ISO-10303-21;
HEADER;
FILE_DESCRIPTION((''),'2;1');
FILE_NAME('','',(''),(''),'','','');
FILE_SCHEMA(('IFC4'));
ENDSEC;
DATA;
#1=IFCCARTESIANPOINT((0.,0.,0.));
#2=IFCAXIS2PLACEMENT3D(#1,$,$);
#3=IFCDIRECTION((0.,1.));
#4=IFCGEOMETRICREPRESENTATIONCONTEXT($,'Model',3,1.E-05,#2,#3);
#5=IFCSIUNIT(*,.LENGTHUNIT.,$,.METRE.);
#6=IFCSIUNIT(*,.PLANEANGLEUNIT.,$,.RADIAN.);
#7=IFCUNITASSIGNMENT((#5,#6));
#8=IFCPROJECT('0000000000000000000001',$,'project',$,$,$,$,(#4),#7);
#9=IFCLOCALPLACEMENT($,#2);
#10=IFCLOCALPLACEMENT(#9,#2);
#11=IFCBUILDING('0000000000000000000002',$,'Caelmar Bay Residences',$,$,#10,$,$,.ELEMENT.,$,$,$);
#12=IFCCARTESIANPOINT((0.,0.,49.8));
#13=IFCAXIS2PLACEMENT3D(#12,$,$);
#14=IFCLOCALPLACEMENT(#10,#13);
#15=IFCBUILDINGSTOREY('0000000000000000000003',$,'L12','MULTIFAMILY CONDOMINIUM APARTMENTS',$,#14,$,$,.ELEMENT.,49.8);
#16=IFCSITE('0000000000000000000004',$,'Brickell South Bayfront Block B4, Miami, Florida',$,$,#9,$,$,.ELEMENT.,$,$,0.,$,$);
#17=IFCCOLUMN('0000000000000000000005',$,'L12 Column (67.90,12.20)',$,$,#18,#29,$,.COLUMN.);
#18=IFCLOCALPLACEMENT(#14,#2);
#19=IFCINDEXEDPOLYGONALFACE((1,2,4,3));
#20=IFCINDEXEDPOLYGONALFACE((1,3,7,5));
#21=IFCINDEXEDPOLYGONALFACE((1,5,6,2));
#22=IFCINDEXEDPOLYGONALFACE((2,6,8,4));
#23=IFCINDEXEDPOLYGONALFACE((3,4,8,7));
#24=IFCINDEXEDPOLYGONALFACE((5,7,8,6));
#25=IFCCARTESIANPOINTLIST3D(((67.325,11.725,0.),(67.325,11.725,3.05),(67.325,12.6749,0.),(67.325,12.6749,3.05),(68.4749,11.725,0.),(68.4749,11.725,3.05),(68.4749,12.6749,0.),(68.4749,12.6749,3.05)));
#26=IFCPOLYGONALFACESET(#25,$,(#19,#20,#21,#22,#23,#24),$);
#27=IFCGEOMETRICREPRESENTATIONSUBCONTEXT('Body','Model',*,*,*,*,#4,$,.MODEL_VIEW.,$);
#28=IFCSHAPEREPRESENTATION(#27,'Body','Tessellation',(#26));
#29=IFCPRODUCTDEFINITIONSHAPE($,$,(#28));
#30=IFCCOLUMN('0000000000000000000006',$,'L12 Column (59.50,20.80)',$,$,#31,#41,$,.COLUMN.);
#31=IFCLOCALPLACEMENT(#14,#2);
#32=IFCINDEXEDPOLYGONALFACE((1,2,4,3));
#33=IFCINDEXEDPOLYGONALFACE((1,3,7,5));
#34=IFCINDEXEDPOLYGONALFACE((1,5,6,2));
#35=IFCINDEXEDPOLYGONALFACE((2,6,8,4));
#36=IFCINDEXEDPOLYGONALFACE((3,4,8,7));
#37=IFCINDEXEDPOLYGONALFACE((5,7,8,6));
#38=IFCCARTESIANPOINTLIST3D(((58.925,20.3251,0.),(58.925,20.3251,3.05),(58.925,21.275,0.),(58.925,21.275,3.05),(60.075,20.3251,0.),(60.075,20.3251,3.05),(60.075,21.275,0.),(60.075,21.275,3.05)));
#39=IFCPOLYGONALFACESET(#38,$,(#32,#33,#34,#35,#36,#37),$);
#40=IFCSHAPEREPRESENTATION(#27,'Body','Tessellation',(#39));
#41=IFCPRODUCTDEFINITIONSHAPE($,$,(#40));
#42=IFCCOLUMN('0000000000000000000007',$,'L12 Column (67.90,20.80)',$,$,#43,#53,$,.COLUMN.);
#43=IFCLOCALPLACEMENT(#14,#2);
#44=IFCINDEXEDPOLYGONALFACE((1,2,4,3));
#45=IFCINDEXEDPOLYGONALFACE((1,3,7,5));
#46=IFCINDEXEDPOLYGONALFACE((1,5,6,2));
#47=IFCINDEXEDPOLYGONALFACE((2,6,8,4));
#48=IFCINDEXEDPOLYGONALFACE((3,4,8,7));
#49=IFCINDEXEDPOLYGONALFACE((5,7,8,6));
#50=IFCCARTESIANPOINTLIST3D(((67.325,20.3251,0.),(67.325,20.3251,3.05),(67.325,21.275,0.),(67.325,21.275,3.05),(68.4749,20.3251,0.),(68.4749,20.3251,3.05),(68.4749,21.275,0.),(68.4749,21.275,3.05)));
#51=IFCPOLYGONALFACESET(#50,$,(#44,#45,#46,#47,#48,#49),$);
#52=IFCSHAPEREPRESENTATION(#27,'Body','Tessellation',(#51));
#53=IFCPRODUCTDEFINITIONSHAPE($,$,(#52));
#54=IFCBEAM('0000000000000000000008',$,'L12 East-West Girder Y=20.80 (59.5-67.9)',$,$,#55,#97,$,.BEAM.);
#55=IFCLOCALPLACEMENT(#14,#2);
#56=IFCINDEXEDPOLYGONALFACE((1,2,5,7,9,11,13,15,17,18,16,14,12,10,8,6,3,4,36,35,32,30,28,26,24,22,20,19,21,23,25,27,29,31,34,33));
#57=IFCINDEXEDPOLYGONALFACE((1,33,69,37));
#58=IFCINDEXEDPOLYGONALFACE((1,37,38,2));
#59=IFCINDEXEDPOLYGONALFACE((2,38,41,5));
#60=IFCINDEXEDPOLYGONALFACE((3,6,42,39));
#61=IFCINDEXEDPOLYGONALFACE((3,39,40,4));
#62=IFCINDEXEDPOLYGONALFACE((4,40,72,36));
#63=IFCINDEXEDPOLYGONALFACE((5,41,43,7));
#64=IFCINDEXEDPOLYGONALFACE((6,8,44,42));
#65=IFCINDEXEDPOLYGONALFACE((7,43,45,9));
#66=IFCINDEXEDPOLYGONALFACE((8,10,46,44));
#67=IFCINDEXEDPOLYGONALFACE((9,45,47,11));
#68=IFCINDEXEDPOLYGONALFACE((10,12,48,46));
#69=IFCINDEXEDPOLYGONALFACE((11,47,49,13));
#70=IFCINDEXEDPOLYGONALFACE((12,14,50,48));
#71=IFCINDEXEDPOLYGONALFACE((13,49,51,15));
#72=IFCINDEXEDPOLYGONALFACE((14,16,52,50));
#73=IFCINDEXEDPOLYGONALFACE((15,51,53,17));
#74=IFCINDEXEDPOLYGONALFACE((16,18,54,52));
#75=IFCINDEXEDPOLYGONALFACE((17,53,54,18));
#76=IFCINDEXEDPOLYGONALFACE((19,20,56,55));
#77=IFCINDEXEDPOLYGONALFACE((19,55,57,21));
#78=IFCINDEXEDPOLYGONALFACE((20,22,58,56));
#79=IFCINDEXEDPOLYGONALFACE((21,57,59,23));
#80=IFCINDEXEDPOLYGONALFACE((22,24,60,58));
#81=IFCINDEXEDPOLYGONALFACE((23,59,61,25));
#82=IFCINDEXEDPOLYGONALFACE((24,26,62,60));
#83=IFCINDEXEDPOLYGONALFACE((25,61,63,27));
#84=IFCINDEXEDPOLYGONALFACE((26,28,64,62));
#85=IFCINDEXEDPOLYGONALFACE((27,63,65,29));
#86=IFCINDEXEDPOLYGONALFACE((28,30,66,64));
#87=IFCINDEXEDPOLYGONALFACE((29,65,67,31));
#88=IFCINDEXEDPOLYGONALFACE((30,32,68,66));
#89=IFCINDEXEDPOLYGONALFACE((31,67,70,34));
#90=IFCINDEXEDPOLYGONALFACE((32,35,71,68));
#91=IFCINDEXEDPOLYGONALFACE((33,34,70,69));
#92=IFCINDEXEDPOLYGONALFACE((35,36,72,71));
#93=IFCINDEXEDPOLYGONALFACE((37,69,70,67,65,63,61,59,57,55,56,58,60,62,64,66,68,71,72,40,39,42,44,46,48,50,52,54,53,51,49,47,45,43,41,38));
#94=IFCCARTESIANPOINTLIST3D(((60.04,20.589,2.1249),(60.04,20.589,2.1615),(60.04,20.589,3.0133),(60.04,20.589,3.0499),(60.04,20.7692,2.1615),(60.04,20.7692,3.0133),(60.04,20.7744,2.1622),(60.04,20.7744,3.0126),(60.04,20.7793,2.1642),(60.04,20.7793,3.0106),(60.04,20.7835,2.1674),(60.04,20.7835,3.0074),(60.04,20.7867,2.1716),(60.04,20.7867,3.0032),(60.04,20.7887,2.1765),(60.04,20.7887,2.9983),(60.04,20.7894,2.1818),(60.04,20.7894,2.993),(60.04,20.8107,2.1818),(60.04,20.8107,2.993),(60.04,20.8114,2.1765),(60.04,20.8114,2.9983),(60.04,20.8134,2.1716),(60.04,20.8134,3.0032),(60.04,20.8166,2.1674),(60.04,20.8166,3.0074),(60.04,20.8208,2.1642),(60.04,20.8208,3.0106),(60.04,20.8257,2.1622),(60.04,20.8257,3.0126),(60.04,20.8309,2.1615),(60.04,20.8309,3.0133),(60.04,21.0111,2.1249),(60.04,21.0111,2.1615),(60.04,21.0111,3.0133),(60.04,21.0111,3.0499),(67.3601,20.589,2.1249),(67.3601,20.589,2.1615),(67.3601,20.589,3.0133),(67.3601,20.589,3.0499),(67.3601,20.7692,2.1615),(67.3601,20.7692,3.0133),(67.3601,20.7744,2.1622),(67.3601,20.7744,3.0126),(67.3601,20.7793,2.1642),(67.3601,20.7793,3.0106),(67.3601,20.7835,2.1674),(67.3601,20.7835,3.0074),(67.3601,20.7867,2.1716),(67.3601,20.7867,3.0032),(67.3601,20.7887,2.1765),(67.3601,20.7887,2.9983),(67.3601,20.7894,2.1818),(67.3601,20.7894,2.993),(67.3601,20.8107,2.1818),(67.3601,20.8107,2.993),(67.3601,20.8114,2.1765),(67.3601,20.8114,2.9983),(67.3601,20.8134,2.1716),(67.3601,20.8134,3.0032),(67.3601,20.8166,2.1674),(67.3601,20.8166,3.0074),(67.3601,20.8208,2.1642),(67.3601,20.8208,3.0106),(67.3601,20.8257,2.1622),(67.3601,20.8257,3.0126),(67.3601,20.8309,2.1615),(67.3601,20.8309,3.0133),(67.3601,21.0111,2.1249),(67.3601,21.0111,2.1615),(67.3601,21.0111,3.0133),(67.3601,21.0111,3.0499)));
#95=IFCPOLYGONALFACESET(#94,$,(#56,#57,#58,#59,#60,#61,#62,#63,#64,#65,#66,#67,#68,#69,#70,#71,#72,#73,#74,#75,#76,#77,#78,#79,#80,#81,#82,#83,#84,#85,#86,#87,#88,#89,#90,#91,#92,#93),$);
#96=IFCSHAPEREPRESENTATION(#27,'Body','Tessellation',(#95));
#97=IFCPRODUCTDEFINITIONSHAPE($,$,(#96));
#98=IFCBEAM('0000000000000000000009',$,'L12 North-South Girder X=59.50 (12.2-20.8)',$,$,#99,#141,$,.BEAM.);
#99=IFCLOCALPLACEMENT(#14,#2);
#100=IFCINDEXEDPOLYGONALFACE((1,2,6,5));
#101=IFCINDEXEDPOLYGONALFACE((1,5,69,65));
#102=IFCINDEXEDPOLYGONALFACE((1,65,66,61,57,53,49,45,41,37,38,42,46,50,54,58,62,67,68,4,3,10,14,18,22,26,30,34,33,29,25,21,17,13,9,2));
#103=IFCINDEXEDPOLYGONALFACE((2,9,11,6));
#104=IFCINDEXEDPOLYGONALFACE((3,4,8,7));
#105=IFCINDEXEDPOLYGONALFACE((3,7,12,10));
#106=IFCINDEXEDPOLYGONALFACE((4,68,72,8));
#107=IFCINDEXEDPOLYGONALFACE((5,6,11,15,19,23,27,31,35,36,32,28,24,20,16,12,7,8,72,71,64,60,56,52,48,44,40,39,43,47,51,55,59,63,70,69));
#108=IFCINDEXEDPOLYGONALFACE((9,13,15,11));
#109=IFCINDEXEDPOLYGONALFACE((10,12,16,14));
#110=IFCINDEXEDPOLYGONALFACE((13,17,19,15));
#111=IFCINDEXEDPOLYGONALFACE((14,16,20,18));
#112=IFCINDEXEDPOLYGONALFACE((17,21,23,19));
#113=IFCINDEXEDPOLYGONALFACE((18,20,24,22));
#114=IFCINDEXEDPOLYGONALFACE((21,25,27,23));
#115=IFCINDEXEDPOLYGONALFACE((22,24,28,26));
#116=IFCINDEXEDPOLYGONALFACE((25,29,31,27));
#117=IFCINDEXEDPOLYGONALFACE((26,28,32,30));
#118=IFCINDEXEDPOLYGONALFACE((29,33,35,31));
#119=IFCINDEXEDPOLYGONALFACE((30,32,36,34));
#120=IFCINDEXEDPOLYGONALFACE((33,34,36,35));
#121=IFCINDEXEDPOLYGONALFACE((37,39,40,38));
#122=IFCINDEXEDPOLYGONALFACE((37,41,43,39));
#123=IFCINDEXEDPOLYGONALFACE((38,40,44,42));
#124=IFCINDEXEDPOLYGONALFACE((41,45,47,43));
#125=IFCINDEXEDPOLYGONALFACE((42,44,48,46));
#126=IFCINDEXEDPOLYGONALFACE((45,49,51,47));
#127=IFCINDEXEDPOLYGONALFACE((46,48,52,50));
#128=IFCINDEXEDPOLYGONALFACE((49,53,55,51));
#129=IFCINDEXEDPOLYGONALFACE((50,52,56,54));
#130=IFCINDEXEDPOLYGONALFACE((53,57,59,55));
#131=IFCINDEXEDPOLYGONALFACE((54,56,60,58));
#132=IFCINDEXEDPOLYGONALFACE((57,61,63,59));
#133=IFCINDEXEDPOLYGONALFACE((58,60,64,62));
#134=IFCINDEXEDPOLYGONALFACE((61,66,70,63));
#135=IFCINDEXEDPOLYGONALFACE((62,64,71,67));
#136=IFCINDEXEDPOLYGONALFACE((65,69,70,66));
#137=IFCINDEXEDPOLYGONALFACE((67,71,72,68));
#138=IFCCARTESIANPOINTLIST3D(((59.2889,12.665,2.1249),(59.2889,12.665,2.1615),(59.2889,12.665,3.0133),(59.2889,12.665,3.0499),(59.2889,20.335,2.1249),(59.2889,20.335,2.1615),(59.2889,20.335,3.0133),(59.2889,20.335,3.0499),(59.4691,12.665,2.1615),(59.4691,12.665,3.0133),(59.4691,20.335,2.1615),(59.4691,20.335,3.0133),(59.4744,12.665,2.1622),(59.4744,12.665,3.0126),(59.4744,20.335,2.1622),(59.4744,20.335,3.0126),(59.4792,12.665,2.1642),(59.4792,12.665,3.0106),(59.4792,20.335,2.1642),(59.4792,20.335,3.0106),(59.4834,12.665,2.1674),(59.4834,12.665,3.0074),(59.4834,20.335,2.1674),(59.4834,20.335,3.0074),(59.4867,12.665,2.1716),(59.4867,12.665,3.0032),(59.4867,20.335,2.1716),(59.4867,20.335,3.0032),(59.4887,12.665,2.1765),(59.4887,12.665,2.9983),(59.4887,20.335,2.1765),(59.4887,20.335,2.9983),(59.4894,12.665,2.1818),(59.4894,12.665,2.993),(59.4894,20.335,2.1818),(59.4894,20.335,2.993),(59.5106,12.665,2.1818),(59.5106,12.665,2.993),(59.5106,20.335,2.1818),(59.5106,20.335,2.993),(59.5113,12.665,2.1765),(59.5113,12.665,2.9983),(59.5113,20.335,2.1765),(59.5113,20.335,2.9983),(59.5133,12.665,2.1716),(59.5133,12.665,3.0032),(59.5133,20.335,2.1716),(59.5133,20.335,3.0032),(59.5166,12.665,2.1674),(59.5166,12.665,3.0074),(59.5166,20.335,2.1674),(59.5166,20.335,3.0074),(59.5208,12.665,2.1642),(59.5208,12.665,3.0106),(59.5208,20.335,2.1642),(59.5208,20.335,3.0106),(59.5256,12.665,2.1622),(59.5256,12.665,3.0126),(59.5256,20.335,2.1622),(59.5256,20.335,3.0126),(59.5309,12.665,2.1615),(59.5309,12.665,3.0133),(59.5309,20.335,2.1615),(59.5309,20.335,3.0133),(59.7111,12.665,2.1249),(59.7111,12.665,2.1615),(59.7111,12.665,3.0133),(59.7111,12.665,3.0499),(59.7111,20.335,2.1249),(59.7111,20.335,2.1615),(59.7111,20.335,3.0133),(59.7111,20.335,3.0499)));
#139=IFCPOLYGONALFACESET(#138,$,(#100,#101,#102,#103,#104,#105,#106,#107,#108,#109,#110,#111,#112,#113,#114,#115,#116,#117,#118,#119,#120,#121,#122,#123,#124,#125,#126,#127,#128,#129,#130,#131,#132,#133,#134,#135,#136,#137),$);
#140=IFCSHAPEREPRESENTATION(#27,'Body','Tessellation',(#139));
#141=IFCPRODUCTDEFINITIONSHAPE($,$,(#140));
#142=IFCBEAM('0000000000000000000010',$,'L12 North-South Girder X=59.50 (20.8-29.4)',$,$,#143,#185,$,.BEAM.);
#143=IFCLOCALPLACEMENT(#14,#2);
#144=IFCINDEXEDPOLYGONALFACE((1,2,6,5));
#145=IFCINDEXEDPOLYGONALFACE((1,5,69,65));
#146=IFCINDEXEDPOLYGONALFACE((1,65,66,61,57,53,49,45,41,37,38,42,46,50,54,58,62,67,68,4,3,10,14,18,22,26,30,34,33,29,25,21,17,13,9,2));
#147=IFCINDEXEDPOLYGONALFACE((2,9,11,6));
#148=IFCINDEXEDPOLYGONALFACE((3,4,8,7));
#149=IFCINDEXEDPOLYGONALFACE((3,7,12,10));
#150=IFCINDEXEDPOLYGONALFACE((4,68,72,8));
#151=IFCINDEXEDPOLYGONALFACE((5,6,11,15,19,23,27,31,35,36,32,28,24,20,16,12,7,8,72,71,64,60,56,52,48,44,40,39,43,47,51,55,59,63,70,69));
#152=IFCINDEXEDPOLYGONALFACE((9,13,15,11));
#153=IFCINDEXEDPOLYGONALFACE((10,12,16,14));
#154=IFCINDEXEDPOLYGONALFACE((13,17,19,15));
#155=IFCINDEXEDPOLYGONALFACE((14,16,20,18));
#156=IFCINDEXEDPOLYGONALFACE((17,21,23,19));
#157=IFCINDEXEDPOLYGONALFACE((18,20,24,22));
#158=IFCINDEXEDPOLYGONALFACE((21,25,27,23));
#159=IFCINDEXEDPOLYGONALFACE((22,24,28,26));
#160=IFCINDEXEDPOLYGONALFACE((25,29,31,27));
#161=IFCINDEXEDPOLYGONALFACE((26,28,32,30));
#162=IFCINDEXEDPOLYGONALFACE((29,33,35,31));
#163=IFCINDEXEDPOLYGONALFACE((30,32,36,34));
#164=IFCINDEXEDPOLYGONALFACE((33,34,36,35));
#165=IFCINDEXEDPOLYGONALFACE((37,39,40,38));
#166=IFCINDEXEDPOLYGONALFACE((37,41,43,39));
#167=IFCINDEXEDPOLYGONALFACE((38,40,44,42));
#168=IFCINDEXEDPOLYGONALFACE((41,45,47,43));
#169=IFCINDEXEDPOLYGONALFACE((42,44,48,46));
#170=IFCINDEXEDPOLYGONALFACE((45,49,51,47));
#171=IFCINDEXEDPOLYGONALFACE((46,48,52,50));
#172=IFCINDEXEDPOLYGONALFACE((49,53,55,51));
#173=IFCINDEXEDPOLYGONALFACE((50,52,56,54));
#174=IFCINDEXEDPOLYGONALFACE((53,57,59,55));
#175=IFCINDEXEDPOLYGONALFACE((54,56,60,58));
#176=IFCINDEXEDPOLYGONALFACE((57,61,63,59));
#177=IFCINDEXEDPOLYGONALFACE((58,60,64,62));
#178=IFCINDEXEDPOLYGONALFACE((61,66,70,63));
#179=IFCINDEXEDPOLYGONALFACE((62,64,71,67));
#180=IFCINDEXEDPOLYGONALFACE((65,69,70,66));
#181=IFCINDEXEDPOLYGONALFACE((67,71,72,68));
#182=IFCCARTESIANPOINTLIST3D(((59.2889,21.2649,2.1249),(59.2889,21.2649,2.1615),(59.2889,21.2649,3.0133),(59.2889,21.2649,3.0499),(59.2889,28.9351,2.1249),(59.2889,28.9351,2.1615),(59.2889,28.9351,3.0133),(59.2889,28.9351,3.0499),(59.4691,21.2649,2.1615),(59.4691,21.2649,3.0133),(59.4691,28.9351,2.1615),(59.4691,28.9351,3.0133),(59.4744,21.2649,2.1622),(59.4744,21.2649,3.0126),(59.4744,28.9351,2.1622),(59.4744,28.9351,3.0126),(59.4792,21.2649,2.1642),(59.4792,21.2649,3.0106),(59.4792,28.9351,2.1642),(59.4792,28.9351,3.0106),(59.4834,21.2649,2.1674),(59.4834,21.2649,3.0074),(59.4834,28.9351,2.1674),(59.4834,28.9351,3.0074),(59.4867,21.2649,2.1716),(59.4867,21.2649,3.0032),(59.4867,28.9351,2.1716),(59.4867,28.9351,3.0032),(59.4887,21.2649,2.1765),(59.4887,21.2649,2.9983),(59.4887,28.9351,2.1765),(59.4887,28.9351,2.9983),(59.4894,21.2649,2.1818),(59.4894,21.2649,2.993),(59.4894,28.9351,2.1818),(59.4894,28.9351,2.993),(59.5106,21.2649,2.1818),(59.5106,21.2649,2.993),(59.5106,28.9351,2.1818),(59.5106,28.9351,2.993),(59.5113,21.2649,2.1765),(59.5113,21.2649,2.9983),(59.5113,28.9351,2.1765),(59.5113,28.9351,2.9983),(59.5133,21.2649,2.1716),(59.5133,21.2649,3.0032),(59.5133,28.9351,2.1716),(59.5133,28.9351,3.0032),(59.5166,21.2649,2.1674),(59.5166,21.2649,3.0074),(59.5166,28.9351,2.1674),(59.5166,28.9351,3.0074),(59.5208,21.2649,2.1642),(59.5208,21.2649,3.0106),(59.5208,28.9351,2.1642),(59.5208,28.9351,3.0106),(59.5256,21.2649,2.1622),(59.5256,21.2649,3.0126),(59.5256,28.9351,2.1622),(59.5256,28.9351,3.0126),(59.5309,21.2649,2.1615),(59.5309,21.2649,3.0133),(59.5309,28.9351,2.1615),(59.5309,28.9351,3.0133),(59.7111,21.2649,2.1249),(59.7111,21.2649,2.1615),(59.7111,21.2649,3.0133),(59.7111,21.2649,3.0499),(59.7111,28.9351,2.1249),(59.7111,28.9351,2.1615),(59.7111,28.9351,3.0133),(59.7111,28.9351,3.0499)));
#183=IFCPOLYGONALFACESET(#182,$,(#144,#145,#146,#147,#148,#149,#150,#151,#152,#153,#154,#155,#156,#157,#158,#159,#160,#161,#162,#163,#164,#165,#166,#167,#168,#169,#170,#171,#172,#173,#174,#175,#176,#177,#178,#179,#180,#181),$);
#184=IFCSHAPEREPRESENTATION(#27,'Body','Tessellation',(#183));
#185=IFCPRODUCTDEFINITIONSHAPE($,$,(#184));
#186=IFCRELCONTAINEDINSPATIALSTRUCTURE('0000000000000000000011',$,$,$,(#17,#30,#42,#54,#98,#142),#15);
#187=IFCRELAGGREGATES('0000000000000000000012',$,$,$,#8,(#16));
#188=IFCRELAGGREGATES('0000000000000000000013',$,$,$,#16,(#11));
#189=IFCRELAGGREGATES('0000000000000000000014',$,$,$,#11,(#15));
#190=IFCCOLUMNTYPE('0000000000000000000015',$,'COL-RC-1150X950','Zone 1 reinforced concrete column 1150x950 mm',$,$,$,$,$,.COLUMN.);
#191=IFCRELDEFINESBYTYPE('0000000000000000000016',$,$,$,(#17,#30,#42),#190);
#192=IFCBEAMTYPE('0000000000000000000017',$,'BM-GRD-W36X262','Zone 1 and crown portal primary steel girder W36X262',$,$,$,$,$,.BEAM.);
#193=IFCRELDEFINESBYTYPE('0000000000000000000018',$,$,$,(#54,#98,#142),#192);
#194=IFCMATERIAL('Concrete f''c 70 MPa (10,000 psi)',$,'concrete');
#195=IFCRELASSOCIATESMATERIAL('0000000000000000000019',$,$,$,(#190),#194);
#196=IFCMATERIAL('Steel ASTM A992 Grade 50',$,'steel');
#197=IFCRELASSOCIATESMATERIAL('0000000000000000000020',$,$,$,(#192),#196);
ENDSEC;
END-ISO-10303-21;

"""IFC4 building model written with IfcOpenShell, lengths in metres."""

from ifc_helpers import new_model, si_unit, direction, frame, origin, origin_2d, place, context, subcontext, project, spatial, rectangle, i_section, extrude, material, material_profile, profile_set, type_object, element, save


model = new_model("IFC4")

# Units and contexts
model_context = context("Model", 3, precision=1e-05, world=origin(), true_north=direction((0.0, 1.0)))
body_context = subcontext(model_context, "Body", "Model", "MODEL_VIEW")
ifc_project = project(units=[si_unit("LENGTHUNIT", "METRE"), si_unit("PLANEANGLEUNIT", "RADIAN")], contexts=[model_context])

# Site, building, storey
site_placement = place(None, origin())
site = spatial("IfcSite", under=ifc_project, at=site_placement, Name="Brickell South Bayfront Block B4, Miami, Florida", CompositionType="ELEMENT", RefElevation=0.0)
building_placement = place(site_placement, origin())
building = spatial("IfcBuilding", under=site, at=building_placement, Name="Caelmar Bay Residences", CompositionType="ELEMENT")
storey_placement = place(building_placement, frame((0.0, 0.0, 49.8)))
storey = spatial("IfcBuildingStorey", under=building, at=storey_placement, Name="L12", Description="MULTIFAMILY CONDOMINIUM APARTMENTS", CompositionType="ELEMENT", Elevation=49.8)

# Columns
ifc_material_1 = material(Name="Concrete f'c 70 MPa (10,000 psi)", Category="concrete")
ifc_material_profile_1 = material_profile(ifc_material_1, rectangle(XDim=1.1499, YDim=0.95, at=origin_2d()), Name="RC-COL-1150X950")
ifc_profile_set_1 = profile_set([ifc_material_profile_1], Name="Concrete f'c 70 MPa (10,000 psi)")
column_type = type_object("IfcColumnType", Name="COL-RC-1150X950", Description="Zone 1 reinforced concrete column 1150x950 mm", PredefinedType="COLUMN", material=ifc_profile_set_1)
for number, where, z_axis, x_axis, name in (
    (1, (67.8999, 12.2, 0.0), (0.0, 0.0, 1.0), (1.0, 0.0, 0.0), "L12 Column (67.90,12.20)"),
    (2, (59.5, 20.8, 0.0), (0.0, 0.0, 1.0), (1.0, 0.0, 0.0), "L12 Column (59.50,20.80)"),
    (3, (67.8999, 20.8, 0.0), (0.0, 0.0, 1.0), (1.0, 0.0, 0.0), "L12 Column (67.90,20.80)"),
):
    element("IfcColumn", number, at=place(storey_placement, frame(where, z_axis=z_axis, x_axis=x_axis)), inside=storey, type_object=column_type, Name=name, PredefinedType="COLUMN", context=body_context, shape_type="SweptSolid", body=[
        extrude(rectangle(XDim=1.1499, YDim=0.95, at=origin_2d()), origin(), (0.0, 0.0, 1.0), 3.05),
    ])

# Beams
ifc_material_2 = material(Name="Steel ASTM A992 Grade 50", Category="steel")
ifc_material_profile_2 = material_profile(ifc_material_2, i_section(OverallWidth=0.4221, OverallDepth=0.925, WebThickness=0.0212, FlangeThickness=0.0366, FilletRadius=0.0203, at=origin_2d()), Name="W36X262")
ifc_profile_set_2 = profile_set([ifc_material_profile_2], Name="Steel ASTM A992 Grade 50")
beam_type_1 = type_object("IfcBeamType", Name="BM-GRD-W36X262", Description="Zone 1 and crown portal primary steel girder W36X262", PredefinedType="BEAM", material=ifc_profile_set_2)
beam_1_placement = place(storey_placement, frame((60.04, 20.8, 2.5874), z_axis=(1.0, 0.0, 0.0), x_axis=(0.0, 1.0, 0.0)))
element("IfcBeam", 4, at=beam_1_placement, inside=storey, type_object=beam_type_1, Name="L12 East-West Girder Y=20.80 (59.5-67.9)", PredefinedType="BEAM", context=body_context, shape_type="SweptSolid", body=[
    extrude(i_section(OverallWidth=0.4221, OverallDepth=0.925, WebThickness=0.0212, FlangeThickness=0.0366, FilletRadius=0.0203, at=origin_2d()), origin(), (0.0, 0.0, 1.0), 7.3201),
])
beam_2_placement = place(storey_placement, frame((59.5, 12.665, 2.5874), z_axis=(0.0, 1.0, 0.0), x_axis=(-1.0, 0.0, 0.0)))
element("IfcBeam", 5, at=beam_2_placement, inside=storey, type_object=beam_type_1, Name="L12 North-South Girder X=59.50 (12.2-20.8)", PredefinedType="BEAM", context=body_context, shape_type="SweptSolid", body=[
    extrude(i_section(OverallWidth=0.4221, OverallDepth=0.925, WebThickness=0.0212, FlangeThickness=0.0366, FilletRadius=0.0203, at=origin_2d()), origin(), (0.0, 0.0, 1.0), 7.6699),
])
beam_3_placement = place(storey_placement, frame((59.5, 21.2649, 2.5874), z_axis=(0.0, 1.0, 0.0), x_axis=(-1.0, 0.0, 0.0)))
element("IfcBeam", 6, at=beam_3_placement, inside=storey, type_object=beam_type_1, Name="L12 North-South Girder X=59.50 (20.8-29.4)", PredefinedType="BEAM", context=body_context, shape_type="SweptSolid", body=[
    extrude(i_section(OverallWidth=0.4221, OverallDepth=0.925, WebThickness=0.0212, FlangeThickness=0.0366, FilletRadius=0.0203, at=origin_2d()), origin(), (0.0, 0.0, 1.0), 7.6702),
])

save(model, "model.ifc")
